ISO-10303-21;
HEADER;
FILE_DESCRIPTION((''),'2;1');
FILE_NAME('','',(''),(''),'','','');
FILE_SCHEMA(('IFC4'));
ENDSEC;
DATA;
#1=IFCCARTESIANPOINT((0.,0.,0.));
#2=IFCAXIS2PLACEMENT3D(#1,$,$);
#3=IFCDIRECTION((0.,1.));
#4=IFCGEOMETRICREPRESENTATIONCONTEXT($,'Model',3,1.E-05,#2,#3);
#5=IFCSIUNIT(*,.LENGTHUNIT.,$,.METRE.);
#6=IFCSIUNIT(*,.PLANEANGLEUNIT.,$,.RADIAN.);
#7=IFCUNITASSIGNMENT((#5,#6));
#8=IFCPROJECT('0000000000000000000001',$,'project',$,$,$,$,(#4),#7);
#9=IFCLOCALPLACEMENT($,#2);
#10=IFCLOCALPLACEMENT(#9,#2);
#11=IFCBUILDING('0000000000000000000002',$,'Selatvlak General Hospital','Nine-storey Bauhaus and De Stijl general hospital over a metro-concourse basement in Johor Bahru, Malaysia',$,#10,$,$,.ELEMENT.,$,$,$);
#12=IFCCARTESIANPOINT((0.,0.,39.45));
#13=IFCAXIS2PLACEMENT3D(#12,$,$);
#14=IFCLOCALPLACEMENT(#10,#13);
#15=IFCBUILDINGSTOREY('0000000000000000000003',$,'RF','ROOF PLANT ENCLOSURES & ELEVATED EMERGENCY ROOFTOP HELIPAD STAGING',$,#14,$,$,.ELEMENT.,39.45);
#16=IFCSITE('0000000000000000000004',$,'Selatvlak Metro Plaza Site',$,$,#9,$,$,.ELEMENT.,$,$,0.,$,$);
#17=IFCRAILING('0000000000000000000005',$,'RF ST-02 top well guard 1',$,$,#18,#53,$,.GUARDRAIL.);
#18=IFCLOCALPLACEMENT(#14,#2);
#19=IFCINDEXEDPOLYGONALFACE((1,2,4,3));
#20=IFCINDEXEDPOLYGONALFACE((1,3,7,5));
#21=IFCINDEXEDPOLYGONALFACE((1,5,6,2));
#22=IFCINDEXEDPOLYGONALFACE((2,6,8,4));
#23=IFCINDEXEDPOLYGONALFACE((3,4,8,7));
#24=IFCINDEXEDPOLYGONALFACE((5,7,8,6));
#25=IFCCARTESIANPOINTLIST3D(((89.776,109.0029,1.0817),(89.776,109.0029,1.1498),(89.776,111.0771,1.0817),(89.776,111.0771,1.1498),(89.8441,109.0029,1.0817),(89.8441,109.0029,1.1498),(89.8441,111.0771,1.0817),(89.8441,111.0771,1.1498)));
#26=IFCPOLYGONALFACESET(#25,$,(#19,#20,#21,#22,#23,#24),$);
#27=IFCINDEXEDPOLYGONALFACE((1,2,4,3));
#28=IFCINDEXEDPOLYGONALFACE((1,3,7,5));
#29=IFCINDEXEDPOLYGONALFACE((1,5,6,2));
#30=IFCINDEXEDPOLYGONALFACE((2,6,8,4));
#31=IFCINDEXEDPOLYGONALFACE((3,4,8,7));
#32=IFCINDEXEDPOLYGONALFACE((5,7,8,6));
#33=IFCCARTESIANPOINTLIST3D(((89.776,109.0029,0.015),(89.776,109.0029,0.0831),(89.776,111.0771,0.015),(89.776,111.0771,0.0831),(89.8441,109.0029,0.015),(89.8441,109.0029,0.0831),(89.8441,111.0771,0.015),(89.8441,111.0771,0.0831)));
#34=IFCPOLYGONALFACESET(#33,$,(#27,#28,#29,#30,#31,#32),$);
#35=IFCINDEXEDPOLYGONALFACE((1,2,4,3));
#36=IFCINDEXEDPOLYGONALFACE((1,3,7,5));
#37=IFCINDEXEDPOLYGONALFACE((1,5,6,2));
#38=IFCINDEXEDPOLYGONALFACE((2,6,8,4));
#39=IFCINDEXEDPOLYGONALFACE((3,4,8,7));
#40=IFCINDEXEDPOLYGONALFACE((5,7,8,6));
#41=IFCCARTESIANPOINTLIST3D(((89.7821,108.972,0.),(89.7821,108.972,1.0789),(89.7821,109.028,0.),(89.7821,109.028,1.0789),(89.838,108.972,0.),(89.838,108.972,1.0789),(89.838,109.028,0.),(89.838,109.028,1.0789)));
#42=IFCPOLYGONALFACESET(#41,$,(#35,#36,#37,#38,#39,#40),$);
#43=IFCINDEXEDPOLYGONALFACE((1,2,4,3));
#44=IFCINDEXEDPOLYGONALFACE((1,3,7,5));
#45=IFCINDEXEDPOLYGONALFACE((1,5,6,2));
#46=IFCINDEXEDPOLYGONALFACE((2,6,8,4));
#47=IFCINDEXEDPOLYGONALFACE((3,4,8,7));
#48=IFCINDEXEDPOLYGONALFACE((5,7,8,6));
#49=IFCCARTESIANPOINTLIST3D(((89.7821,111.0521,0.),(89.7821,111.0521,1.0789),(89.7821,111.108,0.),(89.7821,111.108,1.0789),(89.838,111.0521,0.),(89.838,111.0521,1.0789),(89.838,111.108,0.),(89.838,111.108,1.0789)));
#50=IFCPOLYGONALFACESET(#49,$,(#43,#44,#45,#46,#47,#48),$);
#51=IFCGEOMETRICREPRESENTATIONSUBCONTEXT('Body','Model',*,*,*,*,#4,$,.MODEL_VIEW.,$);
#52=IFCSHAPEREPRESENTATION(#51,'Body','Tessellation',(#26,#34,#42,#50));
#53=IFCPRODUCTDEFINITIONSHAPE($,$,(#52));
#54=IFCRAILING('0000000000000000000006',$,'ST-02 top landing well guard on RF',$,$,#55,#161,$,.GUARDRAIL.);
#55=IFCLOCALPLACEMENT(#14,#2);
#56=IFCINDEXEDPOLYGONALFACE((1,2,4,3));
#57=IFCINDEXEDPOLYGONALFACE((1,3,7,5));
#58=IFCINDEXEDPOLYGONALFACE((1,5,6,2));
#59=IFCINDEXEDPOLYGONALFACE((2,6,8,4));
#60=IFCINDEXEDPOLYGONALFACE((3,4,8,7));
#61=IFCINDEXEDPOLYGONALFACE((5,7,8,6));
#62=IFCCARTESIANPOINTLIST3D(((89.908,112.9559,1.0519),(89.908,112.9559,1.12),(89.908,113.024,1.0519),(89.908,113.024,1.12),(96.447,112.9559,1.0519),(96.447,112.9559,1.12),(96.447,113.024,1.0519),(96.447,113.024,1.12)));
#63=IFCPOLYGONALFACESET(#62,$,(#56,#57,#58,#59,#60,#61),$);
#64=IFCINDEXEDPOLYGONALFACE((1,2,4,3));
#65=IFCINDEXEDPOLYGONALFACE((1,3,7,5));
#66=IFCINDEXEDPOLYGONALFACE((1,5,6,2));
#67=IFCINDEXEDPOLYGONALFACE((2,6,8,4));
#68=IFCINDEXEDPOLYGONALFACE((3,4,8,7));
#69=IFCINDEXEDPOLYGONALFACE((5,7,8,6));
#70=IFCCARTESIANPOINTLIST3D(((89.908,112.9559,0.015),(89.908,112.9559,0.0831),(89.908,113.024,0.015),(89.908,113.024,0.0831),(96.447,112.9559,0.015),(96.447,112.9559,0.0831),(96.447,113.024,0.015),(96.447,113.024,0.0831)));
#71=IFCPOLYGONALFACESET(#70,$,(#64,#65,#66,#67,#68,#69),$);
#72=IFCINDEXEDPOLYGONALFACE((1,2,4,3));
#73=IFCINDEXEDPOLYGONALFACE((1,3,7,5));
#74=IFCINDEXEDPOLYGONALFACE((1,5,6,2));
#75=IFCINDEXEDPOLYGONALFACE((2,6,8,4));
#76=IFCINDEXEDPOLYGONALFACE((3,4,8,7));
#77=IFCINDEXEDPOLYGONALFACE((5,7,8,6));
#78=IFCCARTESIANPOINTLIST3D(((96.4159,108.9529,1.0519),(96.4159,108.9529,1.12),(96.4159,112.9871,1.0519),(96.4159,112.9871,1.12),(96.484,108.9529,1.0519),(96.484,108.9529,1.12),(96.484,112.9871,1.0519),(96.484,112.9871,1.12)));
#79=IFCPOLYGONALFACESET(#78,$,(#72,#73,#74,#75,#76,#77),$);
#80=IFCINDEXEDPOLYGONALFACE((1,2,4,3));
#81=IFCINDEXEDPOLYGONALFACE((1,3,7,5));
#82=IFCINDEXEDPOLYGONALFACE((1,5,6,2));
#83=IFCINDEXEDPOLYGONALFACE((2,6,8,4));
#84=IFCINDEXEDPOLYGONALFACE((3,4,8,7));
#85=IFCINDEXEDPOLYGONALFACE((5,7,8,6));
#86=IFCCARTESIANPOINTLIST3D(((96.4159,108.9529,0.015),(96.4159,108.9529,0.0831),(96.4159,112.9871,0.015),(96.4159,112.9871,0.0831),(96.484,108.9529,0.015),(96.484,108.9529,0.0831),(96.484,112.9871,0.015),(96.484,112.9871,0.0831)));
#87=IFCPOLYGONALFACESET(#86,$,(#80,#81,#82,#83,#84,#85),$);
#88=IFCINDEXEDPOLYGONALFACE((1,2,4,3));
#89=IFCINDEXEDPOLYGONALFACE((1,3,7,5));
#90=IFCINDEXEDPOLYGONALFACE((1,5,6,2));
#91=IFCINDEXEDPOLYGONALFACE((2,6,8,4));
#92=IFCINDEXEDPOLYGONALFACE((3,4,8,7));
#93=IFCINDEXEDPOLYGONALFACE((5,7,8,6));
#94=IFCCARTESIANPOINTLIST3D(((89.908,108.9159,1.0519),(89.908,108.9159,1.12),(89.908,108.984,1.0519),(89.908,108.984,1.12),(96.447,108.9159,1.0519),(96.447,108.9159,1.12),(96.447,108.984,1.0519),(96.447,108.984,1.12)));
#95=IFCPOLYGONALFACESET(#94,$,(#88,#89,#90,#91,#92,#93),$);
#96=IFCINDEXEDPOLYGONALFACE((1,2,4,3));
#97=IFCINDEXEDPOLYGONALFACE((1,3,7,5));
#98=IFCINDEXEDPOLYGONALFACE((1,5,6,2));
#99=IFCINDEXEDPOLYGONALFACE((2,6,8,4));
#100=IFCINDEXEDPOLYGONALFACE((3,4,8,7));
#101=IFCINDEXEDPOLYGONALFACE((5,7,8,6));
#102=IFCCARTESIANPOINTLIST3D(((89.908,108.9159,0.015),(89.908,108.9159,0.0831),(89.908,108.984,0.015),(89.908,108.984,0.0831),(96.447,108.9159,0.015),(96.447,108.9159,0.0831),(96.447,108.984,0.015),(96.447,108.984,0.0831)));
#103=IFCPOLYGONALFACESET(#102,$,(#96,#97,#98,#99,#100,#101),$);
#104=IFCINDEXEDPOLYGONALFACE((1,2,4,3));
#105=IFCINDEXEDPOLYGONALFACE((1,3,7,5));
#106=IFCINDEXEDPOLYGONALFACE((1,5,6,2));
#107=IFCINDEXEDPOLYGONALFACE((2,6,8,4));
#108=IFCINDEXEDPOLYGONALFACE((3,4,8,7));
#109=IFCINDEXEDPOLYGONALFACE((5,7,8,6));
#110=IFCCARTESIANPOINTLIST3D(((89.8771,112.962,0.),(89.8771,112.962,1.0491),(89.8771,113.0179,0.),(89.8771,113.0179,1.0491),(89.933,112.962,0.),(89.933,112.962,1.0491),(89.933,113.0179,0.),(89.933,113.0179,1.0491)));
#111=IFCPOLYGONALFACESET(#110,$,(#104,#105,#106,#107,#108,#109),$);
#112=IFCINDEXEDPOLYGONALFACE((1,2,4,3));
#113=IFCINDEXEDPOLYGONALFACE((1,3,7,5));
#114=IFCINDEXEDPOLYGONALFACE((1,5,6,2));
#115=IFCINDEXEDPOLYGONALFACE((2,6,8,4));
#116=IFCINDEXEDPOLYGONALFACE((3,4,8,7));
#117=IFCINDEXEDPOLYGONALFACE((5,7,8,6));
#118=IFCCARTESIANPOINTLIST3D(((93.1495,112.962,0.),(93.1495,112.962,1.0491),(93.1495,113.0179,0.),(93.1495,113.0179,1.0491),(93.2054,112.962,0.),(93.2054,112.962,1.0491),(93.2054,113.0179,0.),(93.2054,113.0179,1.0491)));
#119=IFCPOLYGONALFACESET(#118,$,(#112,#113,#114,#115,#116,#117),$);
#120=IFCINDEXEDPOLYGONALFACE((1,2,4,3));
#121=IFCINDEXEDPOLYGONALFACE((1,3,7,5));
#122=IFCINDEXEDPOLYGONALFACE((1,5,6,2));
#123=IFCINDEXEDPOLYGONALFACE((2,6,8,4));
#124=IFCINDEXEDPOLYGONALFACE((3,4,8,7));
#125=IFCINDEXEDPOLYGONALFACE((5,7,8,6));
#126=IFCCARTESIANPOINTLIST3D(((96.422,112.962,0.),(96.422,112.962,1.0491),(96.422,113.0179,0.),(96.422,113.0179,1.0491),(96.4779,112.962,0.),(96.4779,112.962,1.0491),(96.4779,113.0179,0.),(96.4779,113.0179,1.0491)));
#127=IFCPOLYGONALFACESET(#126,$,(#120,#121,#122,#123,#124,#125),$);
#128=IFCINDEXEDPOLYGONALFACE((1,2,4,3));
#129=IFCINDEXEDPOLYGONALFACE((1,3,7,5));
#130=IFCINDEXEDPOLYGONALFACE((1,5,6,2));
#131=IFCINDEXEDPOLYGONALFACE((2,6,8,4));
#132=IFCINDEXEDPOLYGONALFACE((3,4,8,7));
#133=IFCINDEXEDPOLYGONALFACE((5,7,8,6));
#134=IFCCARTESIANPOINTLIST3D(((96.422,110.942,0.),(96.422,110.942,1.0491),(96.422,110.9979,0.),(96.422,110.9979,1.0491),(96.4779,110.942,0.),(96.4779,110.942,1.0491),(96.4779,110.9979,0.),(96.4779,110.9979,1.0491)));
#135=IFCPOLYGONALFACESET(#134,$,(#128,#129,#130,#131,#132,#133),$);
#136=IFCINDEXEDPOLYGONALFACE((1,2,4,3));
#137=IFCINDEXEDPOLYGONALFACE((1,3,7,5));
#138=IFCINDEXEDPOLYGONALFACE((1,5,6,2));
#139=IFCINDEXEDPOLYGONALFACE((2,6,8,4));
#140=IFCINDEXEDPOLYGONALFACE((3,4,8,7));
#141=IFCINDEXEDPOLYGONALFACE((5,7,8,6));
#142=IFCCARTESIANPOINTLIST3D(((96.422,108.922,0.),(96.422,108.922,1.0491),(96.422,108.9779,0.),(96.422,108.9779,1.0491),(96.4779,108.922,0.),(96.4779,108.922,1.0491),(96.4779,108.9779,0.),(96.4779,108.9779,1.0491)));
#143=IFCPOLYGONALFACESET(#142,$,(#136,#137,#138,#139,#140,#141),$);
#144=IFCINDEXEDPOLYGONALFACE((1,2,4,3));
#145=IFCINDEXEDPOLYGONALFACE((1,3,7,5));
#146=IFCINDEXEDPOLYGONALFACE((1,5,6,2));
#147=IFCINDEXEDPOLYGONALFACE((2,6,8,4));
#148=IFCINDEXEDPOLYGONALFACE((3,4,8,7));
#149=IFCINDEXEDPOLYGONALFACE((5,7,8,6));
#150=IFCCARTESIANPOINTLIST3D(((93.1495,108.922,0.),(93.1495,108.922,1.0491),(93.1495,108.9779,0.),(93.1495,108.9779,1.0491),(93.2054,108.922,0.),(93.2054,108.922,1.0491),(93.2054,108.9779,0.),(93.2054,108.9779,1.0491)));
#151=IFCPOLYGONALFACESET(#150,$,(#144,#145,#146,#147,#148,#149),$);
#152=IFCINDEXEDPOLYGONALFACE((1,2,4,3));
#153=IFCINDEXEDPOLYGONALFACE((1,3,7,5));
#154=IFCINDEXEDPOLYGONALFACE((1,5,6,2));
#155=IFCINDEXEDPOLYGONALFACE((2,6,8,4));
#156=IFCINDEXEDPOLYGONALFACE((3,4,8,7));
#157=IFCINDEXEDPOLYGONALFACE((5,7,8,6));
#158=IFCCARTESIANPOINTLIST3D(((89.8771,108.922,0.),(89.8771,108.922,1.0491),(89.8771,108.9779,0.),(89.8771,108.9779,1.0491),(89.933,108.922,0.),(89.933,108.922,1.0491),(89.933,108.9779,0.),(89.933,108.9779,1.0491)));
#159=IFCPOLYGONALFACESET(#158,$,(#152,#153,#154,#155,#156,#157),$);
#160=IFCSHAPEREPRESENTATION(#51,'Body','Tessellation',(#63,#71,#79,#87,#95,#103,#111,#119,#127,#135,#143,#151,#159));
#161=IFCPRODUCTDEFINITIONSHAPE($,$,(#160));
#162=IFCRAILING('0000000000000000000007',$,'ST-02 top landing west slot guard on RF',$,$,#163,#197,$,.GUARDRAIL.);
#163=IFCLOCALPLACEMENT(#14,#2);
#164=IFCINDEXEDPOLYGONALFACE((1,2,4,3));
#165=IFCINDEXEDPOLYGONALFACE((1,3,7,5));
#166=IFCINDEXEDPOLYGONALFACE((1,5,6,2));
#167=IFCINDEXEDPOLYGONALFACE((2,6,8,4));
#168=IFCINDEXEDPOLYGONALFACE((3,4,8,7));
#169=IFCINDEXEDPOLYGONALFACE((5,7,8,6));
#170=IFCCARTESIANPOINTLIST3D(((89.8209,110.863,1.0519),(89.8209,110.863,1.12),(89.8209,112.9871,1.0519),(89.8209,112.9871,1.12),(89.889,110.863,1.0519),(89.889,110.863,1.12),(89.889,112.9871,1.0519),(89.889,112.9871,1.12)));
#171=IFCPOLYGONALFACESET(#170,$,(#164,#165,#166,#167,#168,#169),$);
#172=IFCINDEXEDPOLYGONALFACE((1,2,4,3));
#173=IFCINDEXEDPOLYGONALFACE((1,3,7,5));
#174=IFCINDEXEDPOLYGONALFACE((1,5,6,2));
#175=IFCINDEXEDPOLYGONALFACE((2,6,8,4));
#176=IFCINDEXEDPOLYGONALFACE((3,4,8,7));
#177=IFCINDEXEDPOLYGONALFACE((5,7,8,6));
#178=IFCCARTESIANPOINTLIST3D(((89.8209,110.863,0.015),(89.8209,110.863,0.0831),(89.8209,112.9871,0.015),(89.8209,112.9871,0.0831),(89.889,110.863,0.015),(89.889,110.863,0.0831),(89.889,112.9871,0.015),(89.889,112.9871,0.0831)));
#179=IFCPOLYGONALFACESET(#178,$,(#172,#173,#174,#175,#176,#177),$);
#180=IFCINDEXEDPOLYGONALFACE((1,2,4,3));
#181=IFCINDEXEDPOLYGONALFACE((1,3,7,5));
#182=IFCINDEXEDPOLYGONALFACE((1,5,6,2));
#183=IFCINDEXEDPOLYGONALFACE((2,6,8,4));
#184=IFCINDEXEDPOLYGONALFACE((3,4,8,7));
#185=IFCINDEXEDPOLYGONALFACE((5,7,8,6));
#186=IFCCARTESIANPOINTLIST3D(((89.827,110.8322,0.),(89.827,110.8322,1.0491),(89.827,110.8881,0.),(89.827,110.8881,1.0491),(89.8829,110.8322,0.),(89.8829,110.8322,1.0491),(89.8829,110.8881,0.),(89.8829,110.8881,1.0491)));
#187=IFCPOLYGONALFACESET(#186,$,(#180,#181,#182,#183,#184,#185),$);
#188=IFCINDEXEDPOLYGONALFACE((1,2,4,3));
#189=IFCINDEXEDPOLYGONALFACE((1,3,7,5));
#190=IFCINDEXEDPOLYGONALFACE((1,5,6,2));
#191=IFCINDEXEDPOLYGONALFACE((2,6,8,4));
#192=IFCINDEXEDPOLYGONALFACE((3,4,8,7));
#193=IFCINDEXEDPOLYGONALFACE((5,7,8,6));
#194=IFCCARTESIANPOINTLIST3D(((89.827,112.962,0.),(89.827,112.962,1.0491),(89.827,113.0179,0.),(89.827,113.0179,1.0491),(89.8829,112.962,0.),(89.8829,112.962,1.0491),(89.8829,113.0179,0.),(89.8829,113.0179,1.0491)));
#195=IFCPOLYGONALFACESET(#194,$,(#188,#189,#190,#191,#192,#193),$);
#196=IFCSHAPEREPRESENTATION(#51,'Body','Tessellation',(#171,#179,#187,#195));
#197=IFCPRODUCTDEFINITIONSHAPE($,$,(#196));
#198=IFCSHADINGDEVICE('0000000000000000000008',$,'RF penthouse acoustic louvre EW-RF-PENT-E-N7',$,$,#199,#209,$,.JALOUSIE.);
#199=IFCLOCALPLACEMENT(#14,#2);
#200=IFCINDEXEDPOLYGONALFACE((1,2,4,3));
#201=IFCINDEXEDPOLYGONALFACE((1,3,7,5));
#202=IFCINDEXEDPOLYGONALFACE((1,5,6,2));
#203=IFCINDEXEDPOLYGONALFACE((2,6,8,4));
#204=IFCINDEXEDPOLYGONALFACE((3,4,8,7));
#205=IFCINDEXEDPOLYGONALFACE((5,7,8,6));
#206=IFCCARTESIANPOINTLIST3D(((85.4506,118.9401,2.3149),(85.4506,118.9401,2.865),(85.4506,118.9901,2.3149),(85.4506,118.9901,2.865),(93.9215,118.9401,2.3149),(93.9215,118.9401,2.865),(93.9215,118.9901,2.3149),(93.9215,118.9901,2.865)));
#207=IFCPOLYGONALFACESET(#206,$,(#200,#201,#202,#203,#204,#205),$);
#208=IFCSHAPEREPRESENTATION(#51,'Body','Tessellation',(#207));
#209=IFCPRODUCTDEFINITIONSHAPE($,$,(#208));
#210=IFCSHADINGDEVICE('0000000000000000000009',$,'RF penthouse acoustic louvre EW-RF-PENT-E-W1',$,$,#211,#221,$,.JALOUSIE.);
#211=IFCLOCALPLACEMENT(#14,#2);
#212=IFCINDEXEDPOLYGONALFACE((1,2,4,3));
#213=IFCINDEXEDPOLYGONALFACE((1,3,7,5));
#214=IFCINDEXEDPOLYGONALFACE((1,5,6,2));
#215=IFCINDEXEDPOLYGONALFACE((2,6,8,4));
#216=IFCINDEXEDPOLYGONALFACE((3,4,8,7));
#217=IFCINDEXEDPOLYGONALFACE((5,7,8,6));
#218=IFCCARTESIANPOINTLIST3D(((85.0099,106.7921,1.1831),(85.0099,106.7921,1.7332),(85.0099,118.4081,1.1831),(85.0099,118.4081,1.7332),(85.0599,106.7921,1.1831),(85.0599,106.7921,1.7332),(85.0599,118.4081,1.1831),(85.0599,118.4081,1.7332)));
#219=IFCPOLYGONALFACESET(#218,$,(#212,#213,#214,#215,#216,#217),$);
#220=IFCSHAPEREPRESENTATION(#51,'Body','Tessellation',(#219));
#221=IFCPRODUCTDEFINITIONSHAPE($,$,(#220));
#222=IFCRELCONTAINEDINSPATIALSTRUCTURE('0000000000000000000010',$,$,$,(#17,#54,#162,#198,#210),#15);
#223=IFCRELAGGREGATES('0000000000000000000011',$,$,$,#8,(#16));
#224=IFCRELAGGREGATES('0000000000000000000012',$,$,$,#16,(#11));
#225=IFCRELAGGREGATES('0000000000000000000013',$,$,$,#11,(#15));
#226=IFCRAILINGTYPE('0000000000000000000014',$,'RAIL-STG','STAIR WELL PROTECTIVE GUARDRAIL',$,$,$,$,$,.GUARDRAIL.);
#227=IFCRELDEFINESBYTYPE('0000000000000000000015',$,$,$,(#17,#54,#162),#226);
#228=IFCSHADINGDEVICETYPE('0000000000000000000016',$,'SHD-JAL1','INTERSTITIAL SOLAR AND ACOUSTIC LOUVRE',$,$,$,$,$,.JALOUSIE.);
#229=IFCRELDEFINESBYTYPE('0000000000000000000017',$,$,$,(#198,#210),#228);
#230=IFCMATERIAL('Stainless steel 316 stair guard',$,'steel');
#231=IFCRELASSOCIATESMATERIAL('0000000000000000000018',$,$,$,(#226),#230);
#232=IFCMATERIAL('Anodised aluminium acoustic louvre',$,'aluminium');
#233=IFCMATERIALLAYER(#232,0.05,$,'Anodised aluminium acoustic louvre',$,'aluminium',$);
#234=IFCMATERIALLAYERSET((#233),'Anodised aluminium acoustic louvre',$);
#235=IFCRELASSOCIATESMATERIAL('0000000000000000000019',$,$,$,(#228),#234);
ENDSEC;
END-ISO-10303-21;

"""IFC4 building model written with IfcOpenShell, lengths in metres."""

from ifc_helpers import new_model, si_unit, direction, frame, origin, origin_2d, place, context, subcontext, project, spatial, rectangle, extrude, material, layer, layer_set, type_object, element, save


model = new_model("IFC4")

# Units and contexts
model_context = context("Model", 3, precision=1e-05, world=origin(), true_north=direction((0.0, 1.0)))
body_context = subcontext(model_context, "Body", "Model", "MODEL_VIEW")
ifc_project = project(units=[si_unit("LENGTHUNIT", "METRE"), si_unit("PLANEANGLEUNIT", "RADIAN")], contexts=[model_context])

# Site, building, storey
site_placement = place(None, origin())
site = spatial("IfcSite", under=ifc_project, at=site_placement, Name="Selatvlak Metro Plaza Site", CompositionType="ELEMENT", RefElevation=0.0)
building_placement = place(site_placement, origin())
building = spatial("IfcBuilding", under=site, at=building_placement, Name="Selatvlak General Hospital", Description="Nine-storey Bauhaus and De Stijl general hospital over a metro-concourse basement in Johor Bahru, Malaysia", CompositionType="ELEMENT")
storey_placement = place(building_placement, frame((0.0, 0.0, 39.45)))
storey = spatial("IfcBuildingStorey", under=building, at=storey_placement, Name="RF", Description="ROOF PLANT ENCLOSURES & ELEVATED EMERGENCY ROOFTOP HELIPAD STAGING", CompositionType="ELEMENT", Elevation=39.45)

# Railings
ifc_material_1 = material(Name="Stainless steel 316 stair guard", Category="steel")
railing_type_1 = type_object("IfcRailingType", Name="RAIL-STG", Description="STAIR WELL PROTECTIVE GUARDRAIL", PredefinedType="GUARDRAIL", material=ifc_material_1)
railing_1_placement = place(storey_placement, frame((89.8101, 109.0, 0.0)))
element("IfcRailing", 1, at=railing_1_placement, inside=storey, type_object=railing_type_1, Name="RF ST-02 top well guard 1", PredefinedType="GUARDRAIL", context=body_context, shape_type="SweptSolid", body=[
    extrude(rectangle(XDim=0.0681, YDim=0.0681, at=origin_2d()), frame((0.0, 0.0029, 1.1157), z_axis=(0.0, 1.0, 0.0), x_axis=(-1.0, 0.0, 0.0)), (0.0, 0.0, 1.0), 2.0742),
    extrude(rectangle(XDim=0.0681, YDim=0.0681, at=origin_2d()), frame((0.0, 0.0029, 0.0491), z_axis=(0.0, 1.0, 0.0), x_axis=(-1.0, 0.0, 0.0)), (0.0, 0.0, 1.0), 2.0742),
    extrude(rectangle(XDim=0.0559, YDim=0.0559, at=origin_2d()), origin(), (0.0, 0.0, 1.0), 1.0789),
    extrude(rectangle(XDim=0.0559, YDim=0.0559, at=origin_2d()), frame((0.0, 2.0801, 0.0)), (0.0, 0.0, 1.0), 1.0789),
])
railing_2_placement = place(storey_placement, frame((89.905, 112.99, 0.0)))
element("IfcRailing", 2, at=railing_2_placement, inside=storey, type_object=railing_type_1, Name="ST-02 top landing well guard on RF", PredefinedType="GUARDRAIL", context=body_context, shape_type="SweptSolid", body=[
    extrude(rectangle(XDim=0.0681, YDim=0.0681, at=origin_2d()), frame((0.0029, 0.0, 1.0859), z_axis=(1.0, 0.0, 0.0), x_axis=(0.0, 1.0, 0.0)), (0.0, 0.0, 1.0), 6.5391),
    extrude(rectangle(XDim=0.0681, YDim=0.0681, at=origin_2d()), frame((0.0029, 0.0, 0.0491), z_axis=(1.0, 0.0, 0.0), x_axis=(0.0, 1.0, 0.0)), (0.0, 0.0, 1.0), 6.5391),
    extrude(rectangle(XDim=0.0681, YDim=0.0681, at=origin_2d()), frame((6.5449, -0.0029, 1.0859), z_axis=(0.0, -1.0, 0.0), x_axis=(1.0, 0.0, 0.0)), (0.0, 0.0, 1.0), 4.0342),
    extrude(rectangle(XDim=0.0681, YDim=0.0681, at=origin_2d()), frame((6.5449, -0.0029, 0.0491), z_axis=(0.0, -1.0, 0.0), x_axis=(1.0, 0.0, 0.0)), (0.0, 0.0, 1.0), 4.0342),
    extrude(rectangle(XDim=0.0681, YDim=0.0681, at=origin_2d()), frame((6.542, -4.04, 1.0859), z_axis=(-1.0, 0.0, 0.0), x_axis=(0.0, -1.0, 0.0)), (0.0, 0.0, 1.0), 6.5391),
    extrude(rectangle(XDim=0.0681, YDim=0.0681, at=origin_2d()), frame((6.542, -4.04, 0.0491), z_axis=(-1.0, 0.0, 0.0), x_axis=(0.0, -1.0, 0.0)), (0.0, 0.0, 1.0), 6.5391),
    extrude(rectangle(XDim=0.0559, YDim=0.0559, at=origin_2d()), origin(), (0.0, 0.0, 1.0), 1.0491),
    extrude(rectangle(XDim=0.0559, YDim=0.0559, at=origin_2d()), frame((3.2725, 0.0, 0.0)), (0.0, 0.0, 1.0), 1.0491),
    extrude(rectangle(XDim=0.0559, YDim=0.0559, at=origin_2d()), frame((6.5449, 0.0, 0.0)), (0.0, 0.0, 1.0), 1.0491),
    extrude(rectangle(XDim=0.0559, YDim=0.0559, at=origin_2d()), frame((6.5449, -2.02, 0.0)), (0.0, 0.0, 1.0), 1.0491),
    extrude(rectangle(XDim=0.0559, YDim=0.0559, at=origin_2d()), frame((6.5449, -4.04, 0.0)), (0.0, 0.0, 1.0), 1.0491),
    extrude(rectangle(XDim=0.0559, YDim=0.0559, at=origin_2d()), frame((3.2725, -4.04, 0.0)), (0.0, 0.0, 1.0), 1.0491),
    extrude(rectangle(XDim=0.0559, YDim=0.0559, at=origin_2d()), frame((0.0, -4.04, 0.0)), (0.0, 0.0, 1.0), 1.0491),
])
railing_3_placement = place(storey_placement, frame((89.855, 110.8601, 0.0)))
element("IfcRailing", 3, at=railing_3_placement, inside=storey, type_object=railing_type_1, Name="ST-02 top landing west slot guard on RF", PredefinedType="GUARDRAIL", context=body_context, shape_type="SweptSolid", body=[
    extrude(rectangle(XDim=0.0681, YDim=0.0681, at=origin_2d()), frame((0.0, 0.0029, 1.0859), z_axis=(0.0, 1.0, 0.0), x_axis=(-1.0, 0.0, 0.0)), (0.0, 0.0, 1.0), 2.124),
    extrude(rectangle(XDim=0.0681, YDim=0.0681, at=origin_2d()), frame((0.0, 0.0029, 0.0491), z_axis=(0.0, 1.0, 0.0), x_axis=(-1.0, 0.0, 0.0)), (0.0, 0.0, 1.0), 2.124),
    extrude(rectangle(XDim=0.0559, YDim=0.0559, at=origin_2d()), origin(), (0.0, 0.0, 1.0), 1.0491),
    extrude(rectangle(XDim=0.0559, YDim=0.0559, at=origin_2d()), frame((0.0, 2.1299, 0.0)), (0.0, 0.0, 1.0), 1.0491),
])

# Shading devices
ifc_material_2 = material(Name="Anodised aluminium acoustic louvre", Category="aluminium")
ifc_layer_1 = layer(ifc_material_2, 0.05, Name="Anodised aluminium acoustic louvre", Category="aluminium")
ifc_layer_set_1 = layer_set([ifc_layer_1], Name="Anodised aluminium acoustic louvre")
shading_device_type = type_object("IfcShadingDeviceType", Name="SHD-JAL1", Description="INTERSTITIAL SOLAR AND ACOUSTIC LOUVRE", PredefinedType="JALOUSIE", material=ifc_layer_set_1)
shading_device_1_placement = place(storey_placement, frame((89.686, 118.9651, 2.3149), z_axis=(0.0, 0.0, 1.0), x_axis=(-1.0, 0.0, 0.0)))
element("IfcShadingDevice", 4, at=shading_device_1_placement, inside=storey, type_object=shading_device_type, Name="RF penthouse acoustic louvre EW-RF-PENT-E-N7", PredefinedType="JALOUSIE", context=body_context, shape_type="SweptSolid", body=[
    extrude(rectangle(XDim=8.4709, YDim=0.05, at=origin_2d()), origin(), (0.0, 0.0, 1.0), 0.55),
])
shading_device_2_placement = place(storey_placement, frame((85.0349, 112.6001, 1.1831), z_axis=(0.0, 0.0, 1.0), x_axis=(0.0, -1.0, 0.0)))
element("IfcShadingDevice", 5, at=shading_device_2_placement, inside=storey, type_object=shading_device_type, Name="RF penthouse acoustic louvre EW-RF-PENT-E-W1", PredefinedType="JALOUSIE", context=body_context, shape_type="SweptSolid", body=[
    extrude(rectangle(XDim=11.616, YDim=0.05, at=origin_2d()), origin(), (0.0, 0.0, 1.0), 0.55),
])

save(model, "model.ifc")
